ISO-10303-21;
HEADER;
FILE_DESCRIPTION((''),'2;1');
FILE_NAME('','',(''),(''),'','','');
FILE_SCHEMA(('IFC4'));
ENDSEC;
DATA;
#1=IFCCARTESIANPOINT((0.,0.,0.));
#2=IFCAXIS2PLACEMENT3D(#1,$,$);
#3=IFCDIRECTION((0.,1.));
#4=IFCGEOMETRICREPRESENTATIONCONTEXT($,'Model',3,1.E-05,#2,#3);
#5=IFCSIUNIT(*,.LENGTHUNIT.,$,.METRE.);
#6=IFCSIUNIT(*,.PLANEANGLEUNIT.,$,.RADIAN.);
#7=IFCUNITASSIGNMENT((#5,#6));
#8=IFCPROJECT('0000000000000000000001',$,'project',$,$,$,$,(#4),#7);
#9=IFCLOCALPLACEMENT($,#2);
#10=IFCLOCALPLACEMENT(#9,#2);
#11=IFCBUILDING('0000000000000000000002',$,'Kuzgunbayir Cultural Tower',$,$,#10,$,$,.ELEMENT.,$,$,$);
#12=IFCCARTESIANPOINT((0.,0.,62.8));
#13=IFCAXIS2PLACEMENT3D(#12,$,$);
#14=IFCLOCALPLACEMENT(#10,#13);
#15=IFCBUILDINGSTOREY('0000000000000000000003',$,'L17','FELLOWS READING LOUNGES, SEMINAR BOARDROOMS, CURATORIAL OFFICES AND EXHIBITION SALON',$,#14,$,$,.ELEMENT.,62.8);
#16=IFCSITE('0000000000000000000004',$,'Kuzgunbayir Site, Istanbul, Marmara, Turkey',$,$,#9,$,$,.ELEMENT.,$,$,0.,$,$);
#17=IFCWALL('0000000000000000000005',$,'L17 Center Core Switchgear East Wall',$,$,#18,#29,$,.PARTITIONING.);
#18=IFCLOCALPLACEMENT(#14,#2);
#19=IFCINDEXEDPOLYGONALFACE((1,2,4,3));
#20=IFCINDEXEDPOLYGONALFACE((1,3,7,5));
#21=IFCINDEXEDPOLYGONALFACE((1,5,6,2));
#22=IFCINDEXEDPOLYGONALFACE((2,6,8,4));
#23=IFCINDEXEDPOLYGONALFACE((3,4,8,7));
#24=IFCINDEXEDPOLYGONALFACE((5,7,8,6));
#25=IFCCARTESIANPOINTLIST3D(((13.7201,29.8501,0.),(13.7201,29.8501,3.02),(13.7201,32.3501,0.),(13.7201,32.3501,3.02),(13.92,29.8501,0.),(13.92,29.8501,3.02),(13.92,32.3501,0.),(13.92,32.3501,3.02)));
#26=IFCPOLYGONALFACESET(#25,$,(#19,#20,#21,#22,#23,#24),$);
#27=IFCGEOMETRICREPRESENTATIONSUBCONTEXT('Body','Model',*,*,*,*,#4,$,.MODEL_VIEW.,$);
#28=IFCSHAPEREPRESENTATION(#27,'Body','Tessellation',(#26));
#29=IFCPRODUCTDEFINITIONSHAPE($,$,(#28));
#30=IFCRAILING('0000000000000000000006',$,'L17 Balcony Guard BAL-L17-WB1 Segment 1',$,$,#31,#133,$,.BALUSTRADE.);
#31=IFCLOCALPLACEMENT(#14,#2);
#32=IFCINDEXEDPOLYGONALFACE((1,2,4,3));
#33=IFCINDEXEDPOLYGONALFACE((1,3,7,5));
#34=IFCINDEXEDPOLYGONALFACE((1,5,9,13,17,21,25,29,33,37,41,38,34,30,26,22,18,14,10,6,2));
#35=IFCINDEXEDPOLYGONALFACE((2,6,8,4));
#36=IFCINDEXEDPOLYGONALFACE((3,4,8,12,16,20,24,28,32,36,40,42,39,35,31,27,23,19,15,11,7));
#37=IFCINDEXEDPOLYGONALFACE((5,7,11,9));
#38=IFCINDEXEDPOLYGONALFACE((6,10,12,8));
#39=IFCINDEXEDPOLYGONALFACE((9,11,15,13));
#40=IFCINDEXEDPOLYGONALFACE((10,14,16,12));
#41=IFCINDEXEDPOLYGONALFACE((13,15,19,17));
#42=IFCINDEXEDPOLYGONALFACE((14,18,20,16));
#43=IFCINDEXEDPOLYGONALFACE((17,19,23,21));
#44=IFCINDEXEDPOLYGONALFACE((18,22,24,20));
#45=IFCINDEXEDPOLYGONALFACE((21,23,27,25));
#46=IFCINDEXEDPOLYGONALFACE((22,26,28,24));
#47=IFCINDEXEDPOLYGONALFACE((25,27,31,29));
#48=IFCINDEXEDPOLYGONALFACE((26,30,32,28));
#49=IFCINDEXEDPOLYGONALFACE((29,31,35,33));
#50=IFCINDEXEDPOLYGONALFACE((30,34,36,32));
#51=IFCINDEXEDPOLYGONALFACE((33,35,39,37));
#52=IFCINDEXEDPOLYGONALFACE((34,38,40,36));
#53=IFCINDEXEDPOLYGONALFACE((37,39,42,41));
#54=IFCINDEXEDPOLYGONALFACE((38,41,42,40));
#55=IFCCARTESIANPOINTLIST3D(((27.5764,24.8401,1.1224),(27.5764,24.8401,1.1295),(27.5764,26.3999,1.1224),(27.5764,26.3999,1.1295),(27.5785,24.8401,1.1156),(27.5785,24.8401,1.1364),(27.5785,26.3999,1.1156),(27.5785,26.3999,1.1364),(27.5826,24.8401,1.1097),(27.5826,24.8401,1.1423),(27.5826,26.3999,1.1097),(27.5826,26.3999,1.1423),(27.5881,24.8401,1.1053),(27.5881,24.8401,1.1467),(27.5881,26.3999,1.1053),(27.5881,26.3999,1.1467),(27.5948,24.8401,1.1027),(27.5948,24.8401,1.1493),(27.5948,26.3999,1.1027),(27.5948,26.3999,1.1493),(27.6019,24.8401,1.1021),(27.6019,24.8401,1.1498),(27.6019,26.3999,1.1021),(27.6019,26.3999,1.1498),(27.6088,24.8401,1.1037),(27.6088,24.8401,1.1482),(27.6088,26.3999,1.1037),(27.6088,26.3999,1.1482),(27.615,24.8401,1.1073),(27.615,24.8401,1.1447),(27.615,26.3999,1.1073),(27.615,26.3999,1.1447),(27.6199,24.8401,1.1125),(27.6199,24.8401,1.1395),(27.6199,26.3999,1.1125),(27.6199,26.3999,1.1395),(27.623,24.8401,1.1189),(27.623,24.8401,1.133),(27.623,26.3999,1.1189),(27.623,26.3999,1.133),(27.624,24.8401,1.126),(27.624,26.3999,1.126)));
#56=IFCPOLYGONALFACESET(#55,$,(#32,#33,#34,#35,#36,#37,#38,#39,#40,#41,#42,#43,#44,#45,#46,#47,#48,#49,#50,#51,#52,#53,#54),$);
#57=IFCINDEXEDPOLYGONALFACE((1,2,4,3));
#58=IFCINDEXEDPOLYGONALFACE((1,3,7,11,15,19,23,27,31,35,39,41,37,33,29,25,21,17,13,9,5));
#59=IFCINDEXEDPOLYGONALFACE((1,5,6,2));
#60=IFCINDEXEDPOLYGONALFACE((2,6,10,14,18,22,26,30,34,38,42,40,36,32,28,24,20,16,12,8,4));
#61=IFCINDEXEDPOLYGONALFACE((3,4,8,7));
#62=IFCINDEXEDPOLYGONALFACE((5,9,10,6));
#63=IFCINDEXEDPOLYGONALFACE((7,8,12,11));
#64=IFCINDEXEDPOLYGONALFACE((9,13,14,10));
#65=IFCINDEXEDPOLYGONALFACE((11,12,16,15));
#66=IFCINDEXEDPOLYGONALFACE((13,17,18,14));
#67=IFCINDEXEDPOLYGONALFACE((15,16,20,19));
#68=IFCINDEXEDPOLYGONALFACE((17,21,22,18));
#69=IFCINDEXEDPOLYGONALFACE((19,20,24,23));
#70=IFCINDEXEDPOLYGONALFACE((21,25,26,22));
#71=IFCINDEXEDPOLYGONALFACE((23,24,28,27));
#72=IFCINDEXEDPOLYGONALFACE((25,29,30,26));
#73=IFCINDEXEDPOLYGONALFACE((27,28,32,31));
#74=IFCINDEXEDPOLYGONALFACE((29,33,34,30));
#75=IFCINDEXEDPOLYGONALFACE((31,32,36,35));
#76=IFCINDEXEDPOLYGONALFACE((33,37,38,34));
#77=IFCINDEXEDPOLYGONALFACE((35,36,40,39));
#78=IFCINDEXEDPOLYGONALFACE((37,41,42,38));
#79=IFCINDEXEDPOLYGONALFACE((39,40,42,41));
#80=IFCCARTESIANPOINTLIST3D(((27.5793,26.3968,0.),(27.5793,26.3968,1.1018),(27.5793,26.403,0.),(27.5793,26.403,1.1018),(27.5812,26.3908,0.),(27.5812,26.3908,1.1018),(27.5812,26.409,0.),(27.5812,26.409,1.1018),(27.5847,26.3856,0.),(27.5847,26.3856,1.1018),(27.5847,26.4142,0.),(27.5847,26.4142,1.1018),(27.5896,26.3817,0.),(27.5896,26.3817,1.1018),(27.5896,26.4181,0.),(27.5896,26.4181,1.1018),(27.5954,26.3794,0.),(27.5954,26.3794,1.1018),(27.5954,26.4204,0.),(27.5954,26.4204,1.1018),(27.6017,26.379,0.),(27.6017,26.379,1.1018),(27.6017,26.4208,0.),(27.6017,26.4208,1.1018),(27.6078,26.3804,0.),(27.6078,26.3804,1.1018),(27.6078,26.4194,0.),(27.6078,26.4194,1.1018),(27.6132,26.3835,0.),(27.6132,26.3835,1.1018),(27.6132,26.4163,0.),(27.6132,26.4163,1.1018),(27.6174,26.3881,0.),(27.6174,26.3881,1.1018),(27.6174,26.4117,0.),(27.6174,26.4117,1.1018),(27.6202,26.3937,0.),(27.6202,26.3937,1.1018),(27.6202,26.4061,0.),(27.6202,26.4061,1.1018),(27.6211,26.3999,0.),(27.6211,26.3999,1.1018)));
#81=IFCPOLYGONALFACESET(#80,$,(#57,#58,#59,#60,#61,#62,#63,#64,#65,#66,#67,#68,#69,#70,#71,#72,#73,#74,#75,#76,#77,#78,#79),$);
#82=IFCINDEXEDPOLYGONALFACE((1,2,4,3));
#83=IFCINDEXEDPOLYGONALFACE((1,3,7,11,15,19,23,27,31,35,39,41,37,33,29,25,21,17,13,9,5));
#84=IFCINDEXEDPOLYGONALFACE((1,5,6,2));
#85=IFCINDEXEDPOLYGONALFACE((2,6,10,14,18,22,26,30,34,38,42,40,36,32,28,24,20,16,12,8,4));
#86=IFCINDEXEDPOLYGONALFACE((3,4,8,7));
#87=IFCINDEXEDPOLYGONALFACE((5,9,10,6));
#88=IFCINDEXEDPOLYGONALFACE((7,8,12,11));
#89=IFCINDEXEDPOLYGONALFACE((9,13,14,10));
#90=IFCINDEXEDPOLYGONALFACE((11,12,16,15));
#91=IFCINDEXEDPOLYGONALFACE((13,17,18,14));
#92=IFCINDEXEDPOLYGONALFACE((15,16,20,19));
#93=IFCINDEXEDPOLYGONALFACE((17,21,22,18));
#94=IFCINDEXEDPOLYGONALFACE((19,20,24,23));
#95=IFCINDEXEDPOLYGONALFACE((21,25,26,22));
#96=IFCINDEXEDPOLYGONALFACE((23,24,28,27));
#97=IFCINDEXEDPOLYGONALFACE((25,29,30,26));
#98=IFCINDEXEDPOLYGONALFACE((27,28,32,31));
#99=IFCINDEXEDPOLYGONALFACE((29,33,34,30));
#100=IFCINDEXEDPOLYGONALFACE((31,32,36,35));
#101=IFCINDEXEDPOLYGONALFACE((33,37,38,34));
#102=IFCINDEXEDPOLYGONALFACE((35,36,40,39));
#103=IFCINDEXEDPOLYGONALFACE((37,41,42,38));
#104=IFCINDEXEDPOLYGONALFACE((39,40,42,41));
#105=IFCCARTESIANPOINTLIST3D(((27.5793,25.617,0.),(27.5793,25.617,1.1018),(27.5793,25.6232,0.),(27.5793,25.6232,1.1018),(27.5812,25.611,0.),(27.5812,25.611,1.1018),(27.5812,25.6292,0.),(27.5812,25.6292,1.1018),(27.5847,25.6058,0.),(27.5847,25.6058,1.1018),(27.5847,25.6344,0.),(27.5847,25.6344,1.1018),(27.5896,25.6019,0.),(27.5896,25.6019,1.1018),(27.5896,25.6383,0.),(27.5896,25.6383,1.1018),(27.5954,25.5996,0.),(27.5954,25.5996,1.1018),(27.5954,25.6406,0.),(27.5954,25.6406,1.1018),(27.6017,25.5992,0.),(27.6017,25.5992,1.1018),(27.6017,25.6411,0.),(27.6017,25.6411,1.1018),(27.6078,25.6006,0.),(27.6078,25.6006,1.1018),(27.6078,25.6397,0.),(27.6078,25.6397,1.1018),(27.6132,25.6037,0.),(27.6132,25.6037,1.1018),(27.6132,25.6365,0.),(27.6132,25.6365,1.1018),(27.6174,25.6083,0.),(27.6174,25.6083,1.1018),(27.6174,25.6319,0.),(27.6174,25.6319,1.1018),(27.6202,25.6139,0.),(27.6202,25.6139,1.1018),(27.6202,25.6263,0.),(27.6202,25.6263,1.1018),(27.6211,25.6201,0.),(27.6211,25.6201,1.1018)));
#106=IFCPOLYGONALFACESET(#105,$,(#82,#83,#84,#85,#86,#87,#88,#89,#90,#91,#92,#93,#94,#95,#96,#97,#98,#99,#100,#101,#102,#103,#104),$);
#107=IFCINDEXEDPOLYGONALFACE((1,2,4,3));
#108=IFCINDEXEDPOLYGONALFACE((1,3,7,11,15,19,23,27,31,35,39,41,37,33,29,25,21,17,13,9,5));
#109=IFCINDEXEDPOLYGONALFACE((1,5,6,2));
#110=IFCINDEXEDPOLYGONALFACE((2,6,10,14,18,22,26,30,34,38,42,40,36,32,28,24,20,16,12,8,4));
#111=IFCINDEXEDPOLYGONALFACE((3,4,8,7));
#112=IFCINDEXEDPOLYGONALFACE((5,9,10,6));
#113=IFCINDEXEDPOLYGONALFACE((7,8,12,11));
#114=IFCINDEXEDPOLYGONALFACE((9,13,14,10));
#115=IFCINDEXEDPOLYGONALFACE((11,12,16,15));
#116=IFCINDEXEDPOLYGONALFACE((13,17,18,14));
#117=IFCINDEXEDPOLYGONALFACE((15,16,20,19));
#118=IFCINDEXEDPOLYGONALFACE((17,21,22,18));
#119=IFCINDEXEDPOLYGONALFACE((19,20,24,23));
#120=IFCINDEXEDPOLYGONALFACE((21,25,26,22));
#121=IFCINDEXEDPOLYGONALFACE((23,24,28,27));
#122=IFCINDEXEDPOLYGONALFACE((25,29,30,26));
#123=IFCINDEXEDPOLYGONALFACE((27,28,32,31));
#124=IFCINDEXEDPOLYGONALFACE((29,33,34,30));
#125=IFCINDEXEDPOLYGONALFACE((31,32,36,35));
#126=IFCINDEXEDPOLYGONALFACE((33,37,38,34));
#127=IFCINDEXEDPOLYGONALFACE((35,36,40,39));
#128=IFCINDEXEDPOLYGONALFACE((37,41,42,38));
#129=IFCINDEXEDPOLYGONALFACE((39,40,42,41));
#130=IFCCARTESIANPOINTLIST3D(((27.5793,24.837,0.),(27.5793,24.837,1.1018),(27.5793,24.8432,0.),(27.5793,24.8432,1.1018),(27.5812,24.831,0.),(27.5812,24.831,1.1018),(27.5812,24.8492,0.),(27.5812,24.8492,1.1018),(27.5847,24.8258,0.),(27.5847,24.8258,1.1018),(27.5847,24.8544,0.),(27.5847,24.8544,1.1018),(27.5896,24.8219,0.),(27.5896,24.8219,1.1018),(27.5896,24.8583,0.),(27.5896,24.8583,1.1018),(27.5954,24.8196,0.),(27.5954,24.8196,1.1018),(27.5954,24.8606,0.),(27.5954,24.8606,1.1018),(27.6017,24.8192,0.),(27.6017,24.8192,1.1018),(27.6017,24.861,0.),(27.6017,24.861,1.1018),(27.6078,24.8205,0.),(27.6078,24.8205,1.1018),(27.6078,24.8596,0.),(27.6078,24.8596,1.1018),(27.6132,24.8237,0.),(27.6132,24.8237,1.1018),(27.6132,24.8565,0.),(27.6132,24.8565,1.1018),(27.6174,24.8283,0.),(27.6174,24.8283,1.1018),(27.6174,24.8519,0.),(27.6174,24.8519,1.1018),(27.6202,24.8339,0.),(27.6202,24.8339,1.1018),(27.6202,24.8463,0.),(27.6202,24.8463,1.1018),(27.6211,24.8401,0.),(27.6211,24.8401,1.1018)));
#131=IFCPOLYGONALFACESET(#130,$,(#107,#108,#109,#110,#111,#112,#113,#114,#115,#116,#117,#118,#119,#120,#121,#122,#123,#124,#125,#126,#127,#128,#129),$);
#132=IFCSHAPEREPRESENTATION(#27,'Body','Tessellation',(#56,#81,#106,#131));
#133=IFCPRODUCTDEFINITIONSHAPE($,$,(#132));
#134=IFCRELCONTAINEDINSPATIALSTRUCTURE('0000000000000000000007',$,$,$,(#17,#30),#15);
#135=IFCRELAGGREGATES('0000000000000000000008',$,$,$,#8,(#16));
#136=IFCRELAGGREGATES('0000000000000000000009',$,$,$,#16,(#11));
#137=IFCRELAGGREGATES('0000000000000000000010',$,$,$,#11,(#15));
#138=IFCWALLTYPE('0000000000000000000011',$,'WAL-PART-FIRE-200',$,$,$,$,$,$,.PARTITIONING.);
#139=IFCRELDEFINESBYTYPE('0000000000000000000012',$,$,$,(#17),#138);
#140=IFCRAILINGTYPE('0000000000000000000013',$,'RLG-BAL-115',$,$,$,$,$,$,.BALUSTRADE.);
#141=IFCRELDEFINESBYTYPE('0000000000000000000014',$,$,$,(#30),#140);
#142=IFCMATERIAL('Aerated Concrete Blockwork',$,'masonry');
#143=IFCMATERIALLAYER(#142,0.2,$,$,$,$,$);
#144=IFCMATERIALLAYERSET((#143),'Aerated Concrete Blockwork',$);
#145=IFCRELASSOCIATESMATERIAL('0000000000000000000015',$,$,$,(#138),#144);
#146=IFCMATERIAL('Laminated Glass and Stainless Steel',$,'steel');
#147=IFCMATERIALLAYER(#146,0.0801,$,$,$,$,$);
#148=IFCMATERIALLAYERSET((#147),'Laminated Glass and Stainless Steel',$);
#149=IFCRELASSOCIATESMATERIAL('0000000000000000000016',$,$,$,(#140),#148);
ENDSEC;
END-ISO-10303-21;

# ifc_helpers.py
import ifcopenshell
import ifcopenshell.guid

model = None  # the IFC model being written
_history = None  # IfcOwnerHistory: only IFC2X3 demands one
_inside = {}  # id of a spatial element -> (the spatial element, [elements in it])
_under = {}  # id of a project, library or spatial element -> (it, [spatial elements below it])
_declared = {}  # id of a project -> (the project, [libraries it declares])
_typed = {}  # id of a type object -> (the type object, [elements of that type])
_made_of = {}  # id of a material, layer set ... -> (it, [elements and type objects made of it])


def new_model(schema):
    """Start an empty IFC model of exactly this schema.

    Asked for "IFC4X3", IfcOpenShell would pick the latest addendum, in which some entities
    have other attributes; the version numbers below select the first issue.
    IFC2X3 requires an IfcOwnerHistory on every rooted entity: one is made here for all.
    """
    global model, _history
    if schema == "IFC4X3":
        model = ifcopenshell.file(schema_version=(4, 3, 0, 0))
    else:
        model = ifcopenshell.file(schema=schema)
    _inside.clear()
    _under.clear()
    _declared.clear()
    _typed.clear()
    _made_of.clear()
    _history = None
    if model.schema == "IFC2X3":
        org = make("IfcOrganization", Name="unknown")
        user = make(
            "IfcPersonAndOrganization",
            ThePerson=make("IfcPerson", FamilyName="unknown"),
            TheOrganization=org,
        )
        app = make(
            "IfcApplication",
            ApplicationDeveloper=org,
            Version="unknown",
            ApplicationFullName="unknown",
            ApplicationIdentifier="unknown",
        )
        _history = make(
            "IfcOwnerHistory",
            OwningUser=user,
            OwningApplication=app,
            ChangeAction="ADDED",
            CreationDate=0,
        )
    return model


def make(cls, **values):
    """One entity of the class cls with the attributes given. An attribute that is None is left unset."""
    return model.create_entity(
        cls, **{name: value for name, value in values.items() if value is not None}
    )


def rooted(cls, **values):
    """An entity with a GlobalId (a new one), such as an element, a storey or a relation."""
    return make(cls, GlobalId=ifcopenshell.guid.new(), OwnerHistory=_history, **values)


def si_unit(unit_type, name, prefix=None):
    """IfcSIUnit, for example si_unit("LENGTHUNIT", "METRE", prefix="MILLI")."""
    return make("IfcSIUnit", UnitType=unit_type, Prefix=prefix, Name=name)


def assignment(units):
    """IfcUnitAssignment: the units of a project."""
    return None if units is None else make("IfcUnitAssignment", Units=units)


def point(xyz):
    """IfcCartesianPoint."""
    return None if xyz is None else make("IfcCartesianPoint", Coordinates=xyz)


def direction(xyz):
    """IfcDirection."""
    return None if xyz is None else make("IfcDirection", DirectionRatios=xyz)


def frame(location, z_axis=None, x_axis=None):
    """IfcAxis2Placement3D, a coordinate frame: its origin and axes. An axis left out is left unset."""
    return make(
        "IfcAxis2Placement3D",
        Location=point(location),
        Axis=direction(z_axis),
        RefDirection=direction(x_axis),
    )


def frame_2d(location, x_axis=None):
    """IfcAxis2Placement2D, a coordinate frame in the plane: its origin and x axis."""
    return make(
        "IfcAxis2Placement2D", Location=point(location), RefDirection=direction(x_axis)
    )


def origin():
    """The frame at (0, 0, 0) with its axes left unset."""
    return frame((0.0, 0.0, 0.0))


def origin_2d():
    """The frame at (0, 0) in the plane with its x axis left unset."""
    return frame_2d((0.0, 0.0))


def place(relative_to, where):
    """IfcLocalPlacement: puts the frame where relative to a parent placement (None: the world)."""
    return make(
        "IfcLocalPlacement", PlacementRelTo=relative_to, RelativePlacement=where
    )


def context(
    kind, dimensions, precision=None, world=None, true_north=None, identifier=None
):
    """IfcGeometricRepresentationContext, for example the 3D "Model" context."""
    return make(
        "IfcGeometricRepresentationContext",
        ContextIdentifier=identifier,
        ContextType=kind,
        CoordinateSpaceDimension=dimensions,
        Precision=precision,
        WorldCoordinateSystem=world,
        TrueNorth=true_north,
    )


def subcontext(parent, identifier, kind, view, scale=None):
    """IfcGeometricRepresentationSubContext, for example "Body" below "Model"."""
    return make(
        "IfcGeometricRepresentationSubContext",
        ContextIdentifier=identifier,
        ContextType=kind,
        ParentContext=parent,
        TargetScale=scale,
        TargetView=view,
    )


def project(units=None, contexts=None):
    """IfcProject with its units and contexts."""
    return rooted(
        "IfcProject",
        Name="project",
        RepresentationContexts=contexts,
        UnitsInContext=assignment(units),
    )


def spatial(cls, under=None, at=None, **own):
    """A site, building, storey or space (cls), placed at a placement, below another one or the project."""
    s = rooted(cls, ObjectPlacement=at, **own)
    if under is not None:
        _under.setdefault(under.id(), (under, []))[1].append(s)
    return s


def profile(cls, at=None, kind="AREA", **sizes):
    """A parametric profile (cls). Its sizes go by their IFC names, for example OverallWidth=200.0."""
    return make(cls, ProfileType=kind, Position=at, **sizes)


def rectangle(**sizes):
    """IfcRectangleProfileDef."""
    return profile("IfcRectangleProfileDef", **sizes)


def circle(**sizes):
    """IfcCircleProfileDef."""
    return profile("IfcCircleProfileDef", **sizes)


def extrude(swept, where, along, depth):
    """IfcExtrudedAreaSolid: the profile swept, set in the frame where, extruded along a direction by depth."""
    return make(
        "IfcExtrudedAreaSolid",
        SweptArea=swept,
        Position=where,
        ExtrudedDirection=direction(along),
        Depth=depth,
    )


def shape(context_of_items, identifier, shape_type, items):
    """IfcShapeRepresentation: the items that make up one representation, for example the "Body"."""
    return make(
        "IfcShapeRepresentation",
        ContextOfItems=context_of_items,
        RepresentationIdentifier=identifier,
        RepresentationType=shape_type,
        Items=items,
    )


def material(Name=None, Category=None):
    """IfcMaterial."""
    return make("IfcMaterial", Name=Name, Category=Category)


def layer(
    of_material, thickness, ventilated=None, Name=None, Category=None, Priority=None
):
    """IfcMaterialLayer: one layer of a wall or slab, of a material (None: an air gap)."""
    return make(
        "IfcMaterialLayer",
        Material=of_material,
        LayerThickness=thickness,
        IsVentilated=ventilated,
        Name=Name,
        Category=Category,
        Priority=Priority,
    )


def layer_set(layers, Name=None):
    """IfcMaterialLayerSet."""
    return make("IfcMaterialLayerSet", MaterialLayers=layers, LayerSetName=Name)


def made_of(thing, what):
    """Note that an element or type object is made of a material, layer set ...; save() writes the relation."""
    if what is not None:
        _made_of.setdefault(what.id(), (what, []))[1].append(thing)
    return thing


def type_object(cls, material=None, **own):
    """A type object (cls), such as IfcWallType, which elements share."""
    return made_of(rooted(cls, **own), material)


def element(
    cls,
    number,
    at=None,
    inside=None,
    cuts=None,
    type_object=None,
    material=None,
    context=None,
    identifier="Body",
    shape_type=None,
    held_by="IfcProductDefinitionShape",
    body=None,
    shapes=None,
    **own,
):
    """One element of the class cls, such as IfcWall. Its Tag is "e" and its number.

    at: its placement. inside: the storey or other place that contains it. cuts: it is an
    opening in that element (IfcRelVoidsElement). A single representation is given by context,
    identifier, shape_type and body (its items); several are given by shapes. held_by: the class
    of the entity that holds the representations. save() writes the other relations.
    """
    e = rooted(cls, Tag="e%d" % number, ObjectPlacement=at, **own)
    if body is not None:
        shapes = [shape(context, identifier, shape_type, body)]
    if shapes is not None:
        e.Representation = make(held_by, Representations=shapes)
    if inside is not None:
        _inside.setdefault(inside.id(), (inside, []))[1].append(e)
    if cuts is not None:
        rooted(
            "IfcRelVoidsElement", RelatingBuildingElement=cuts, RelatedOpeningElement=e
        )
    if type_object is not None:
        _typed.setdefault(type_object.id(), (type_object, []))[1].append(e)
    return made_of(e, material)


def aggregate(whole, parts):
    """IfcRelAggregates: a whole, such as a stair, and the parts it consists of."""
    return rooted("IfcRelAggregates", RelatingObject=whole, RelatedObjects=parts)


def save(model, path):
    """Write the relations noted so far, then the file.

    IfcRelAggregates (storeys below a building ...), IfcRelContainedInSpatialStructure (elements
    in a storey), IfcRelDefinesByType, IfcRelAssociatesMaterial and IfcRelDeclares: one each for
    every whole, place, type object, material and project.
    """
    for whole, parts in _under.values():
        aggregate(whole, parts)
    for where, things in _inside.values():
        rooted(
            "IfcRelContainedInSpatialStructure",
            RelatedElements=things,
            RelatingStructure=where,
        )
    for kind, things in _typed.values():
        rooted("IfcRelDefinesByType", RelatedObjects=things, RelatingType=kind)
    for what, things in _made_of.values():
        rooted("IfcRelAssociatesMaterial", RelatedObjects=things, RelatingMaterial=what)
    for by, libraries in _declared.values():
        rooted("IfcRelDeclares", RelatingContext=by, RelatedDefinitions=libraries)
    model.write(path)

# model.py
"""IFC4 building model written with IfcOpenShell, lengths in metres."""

from ifc_helpers import new_model, si_unit, direction, frame, frame_2d, origin, origin_2d, place, context, subcontext, project, spatial, rectangle, circle, extrude, material, layer, layer_set, type_object, element, save


model = new_model("IFC4")

# Units and contexts
model_context = context("Model", 3, precision=1e-05, world=origin(), true_north=direction((0.0, 1.0)))
body_context = subcontext(model_context, "Body", "Model", "MODEL_VIEW")
ifc_project = project(units=[si_unit("LENGTHUNIT", "METRE"), si_unit("PLANEANGLEUNIT", "RADIAN")], contexts=[model_context])

# Site, building, storey
site_placement = place(None, origin())
site = spatial("IfcSite", under=ifc_project, at=site_placement, Name="Kuzgunbayir Site, Istanbul, Marmara, Turkey", CompositionType="ELEMENT", RefElevation=0.0)
building_placement = place(site_placement, origin())
building = spatial("IfcBuilding", under=site, at=building_placement, Name="Kuzgunbayir Cultural Tower", CompositionType="ELEMENT")
storey_placement = place(building_placement, frame((0.0, 0.0, 62.8)))
storey = spatial("IfcBuildingStorey", under=building, at=storey_placement, Name="L17", Description="FELLOWS READING LOUNGES, SEMINAR BOARDROOMS, CURATORIAL OFFICES AND EXHIBITION SALON", CompositionType="ELEMENT", Elevation=62.8)

# Shared definitions
ifc_material_1 = material(Name="Aerated Concrete Blockwork", Category="masonry")
ifc_layer_1 = layer(ifc_material_1, 0.2)
ifc_layer_set_1 = layer_set([ifc_layer_1], Name="Aerated Concrete Blockwork")
wall_type_1 = type_object("IfcWallType", Name="WAL-PART-FIRE-200", PredefinedType="PARTITIONING", material=ifc_layer_set_1)

# Wall
wall_1_placement = place(storey_placement, frame((13.8201, 29.8501, 0.0), z_axis=(0.0, 0.0, 1.0), x_axis=(0.0, 1.0, 0.0)))
element("IfcWall", 1, at=wall_1_placement, inside=storey, type_object=wall_type_1, Name="L17 Center Core Switchgear East Wall", PredefinedType="PARTITIONING", context=body_context, shape_type="SweptSolid", body=[
    extrude(rectangle(XDim=2.5, YDim=0.2, at=frame_2d((1.25, 0.0))), origin(), (0.0, 0.0, 1.0), 3.02),
])

# Railing
ifc_material_2 = material(Name="Laminated Glass and Stainless Steel", Category="steel")
ifc_layer_2 = layer(ifc_material_2, 0.0801)
ifc_layer_set_2 = layer_set([ifc_layer_2], Name="Laminated Glass and Stainless Steel")
railing_type = type_object("IfcRailingType", Name="RLG-BAL-115", PredefinedType="BALUSTRADE", material=ifc_layer_set_2)
railing_1_placement = place(storey_placement, frame((27.6001, 26.3999, 0.0)))
element("IfcRailing", 2, at=railing_1_placement, inside=storey, type_object=railing_type, Name="L17 Balcony Guard BAL-L17-WB1 Segment 1", PredefinedType="BALUSTRADE", context=body_context, shape_type="SweptSolid", body=[
    extrude(circle(Radius=0.0239, at=origin_2d()), frame((0.0, 0.0, 1.126), z_axis=(0.0, -1.0, 0.0), x_axis=(1.0, 0.0, 0.0)), (0.0, 0.0, 1.0), 1.5598),
    extrude(circle(Radius=0.021, at=origin_2d()), origin(), (0.0, 0.0, 1.0), 1.1018),
    extrude(circle(Radius=0.021, at=origin_2d()), frame((0.0, -0.7798, 0.0)), (0.0, 0.0, 1.0), 1.1018),
    extrude(circle(Radius=0.021, at=origin_2d()), frame((0.0, -1.5598, 0.0)), (0.0, 0.0, 1.0), 1.1018),
])

save(model, "model.ifc")
